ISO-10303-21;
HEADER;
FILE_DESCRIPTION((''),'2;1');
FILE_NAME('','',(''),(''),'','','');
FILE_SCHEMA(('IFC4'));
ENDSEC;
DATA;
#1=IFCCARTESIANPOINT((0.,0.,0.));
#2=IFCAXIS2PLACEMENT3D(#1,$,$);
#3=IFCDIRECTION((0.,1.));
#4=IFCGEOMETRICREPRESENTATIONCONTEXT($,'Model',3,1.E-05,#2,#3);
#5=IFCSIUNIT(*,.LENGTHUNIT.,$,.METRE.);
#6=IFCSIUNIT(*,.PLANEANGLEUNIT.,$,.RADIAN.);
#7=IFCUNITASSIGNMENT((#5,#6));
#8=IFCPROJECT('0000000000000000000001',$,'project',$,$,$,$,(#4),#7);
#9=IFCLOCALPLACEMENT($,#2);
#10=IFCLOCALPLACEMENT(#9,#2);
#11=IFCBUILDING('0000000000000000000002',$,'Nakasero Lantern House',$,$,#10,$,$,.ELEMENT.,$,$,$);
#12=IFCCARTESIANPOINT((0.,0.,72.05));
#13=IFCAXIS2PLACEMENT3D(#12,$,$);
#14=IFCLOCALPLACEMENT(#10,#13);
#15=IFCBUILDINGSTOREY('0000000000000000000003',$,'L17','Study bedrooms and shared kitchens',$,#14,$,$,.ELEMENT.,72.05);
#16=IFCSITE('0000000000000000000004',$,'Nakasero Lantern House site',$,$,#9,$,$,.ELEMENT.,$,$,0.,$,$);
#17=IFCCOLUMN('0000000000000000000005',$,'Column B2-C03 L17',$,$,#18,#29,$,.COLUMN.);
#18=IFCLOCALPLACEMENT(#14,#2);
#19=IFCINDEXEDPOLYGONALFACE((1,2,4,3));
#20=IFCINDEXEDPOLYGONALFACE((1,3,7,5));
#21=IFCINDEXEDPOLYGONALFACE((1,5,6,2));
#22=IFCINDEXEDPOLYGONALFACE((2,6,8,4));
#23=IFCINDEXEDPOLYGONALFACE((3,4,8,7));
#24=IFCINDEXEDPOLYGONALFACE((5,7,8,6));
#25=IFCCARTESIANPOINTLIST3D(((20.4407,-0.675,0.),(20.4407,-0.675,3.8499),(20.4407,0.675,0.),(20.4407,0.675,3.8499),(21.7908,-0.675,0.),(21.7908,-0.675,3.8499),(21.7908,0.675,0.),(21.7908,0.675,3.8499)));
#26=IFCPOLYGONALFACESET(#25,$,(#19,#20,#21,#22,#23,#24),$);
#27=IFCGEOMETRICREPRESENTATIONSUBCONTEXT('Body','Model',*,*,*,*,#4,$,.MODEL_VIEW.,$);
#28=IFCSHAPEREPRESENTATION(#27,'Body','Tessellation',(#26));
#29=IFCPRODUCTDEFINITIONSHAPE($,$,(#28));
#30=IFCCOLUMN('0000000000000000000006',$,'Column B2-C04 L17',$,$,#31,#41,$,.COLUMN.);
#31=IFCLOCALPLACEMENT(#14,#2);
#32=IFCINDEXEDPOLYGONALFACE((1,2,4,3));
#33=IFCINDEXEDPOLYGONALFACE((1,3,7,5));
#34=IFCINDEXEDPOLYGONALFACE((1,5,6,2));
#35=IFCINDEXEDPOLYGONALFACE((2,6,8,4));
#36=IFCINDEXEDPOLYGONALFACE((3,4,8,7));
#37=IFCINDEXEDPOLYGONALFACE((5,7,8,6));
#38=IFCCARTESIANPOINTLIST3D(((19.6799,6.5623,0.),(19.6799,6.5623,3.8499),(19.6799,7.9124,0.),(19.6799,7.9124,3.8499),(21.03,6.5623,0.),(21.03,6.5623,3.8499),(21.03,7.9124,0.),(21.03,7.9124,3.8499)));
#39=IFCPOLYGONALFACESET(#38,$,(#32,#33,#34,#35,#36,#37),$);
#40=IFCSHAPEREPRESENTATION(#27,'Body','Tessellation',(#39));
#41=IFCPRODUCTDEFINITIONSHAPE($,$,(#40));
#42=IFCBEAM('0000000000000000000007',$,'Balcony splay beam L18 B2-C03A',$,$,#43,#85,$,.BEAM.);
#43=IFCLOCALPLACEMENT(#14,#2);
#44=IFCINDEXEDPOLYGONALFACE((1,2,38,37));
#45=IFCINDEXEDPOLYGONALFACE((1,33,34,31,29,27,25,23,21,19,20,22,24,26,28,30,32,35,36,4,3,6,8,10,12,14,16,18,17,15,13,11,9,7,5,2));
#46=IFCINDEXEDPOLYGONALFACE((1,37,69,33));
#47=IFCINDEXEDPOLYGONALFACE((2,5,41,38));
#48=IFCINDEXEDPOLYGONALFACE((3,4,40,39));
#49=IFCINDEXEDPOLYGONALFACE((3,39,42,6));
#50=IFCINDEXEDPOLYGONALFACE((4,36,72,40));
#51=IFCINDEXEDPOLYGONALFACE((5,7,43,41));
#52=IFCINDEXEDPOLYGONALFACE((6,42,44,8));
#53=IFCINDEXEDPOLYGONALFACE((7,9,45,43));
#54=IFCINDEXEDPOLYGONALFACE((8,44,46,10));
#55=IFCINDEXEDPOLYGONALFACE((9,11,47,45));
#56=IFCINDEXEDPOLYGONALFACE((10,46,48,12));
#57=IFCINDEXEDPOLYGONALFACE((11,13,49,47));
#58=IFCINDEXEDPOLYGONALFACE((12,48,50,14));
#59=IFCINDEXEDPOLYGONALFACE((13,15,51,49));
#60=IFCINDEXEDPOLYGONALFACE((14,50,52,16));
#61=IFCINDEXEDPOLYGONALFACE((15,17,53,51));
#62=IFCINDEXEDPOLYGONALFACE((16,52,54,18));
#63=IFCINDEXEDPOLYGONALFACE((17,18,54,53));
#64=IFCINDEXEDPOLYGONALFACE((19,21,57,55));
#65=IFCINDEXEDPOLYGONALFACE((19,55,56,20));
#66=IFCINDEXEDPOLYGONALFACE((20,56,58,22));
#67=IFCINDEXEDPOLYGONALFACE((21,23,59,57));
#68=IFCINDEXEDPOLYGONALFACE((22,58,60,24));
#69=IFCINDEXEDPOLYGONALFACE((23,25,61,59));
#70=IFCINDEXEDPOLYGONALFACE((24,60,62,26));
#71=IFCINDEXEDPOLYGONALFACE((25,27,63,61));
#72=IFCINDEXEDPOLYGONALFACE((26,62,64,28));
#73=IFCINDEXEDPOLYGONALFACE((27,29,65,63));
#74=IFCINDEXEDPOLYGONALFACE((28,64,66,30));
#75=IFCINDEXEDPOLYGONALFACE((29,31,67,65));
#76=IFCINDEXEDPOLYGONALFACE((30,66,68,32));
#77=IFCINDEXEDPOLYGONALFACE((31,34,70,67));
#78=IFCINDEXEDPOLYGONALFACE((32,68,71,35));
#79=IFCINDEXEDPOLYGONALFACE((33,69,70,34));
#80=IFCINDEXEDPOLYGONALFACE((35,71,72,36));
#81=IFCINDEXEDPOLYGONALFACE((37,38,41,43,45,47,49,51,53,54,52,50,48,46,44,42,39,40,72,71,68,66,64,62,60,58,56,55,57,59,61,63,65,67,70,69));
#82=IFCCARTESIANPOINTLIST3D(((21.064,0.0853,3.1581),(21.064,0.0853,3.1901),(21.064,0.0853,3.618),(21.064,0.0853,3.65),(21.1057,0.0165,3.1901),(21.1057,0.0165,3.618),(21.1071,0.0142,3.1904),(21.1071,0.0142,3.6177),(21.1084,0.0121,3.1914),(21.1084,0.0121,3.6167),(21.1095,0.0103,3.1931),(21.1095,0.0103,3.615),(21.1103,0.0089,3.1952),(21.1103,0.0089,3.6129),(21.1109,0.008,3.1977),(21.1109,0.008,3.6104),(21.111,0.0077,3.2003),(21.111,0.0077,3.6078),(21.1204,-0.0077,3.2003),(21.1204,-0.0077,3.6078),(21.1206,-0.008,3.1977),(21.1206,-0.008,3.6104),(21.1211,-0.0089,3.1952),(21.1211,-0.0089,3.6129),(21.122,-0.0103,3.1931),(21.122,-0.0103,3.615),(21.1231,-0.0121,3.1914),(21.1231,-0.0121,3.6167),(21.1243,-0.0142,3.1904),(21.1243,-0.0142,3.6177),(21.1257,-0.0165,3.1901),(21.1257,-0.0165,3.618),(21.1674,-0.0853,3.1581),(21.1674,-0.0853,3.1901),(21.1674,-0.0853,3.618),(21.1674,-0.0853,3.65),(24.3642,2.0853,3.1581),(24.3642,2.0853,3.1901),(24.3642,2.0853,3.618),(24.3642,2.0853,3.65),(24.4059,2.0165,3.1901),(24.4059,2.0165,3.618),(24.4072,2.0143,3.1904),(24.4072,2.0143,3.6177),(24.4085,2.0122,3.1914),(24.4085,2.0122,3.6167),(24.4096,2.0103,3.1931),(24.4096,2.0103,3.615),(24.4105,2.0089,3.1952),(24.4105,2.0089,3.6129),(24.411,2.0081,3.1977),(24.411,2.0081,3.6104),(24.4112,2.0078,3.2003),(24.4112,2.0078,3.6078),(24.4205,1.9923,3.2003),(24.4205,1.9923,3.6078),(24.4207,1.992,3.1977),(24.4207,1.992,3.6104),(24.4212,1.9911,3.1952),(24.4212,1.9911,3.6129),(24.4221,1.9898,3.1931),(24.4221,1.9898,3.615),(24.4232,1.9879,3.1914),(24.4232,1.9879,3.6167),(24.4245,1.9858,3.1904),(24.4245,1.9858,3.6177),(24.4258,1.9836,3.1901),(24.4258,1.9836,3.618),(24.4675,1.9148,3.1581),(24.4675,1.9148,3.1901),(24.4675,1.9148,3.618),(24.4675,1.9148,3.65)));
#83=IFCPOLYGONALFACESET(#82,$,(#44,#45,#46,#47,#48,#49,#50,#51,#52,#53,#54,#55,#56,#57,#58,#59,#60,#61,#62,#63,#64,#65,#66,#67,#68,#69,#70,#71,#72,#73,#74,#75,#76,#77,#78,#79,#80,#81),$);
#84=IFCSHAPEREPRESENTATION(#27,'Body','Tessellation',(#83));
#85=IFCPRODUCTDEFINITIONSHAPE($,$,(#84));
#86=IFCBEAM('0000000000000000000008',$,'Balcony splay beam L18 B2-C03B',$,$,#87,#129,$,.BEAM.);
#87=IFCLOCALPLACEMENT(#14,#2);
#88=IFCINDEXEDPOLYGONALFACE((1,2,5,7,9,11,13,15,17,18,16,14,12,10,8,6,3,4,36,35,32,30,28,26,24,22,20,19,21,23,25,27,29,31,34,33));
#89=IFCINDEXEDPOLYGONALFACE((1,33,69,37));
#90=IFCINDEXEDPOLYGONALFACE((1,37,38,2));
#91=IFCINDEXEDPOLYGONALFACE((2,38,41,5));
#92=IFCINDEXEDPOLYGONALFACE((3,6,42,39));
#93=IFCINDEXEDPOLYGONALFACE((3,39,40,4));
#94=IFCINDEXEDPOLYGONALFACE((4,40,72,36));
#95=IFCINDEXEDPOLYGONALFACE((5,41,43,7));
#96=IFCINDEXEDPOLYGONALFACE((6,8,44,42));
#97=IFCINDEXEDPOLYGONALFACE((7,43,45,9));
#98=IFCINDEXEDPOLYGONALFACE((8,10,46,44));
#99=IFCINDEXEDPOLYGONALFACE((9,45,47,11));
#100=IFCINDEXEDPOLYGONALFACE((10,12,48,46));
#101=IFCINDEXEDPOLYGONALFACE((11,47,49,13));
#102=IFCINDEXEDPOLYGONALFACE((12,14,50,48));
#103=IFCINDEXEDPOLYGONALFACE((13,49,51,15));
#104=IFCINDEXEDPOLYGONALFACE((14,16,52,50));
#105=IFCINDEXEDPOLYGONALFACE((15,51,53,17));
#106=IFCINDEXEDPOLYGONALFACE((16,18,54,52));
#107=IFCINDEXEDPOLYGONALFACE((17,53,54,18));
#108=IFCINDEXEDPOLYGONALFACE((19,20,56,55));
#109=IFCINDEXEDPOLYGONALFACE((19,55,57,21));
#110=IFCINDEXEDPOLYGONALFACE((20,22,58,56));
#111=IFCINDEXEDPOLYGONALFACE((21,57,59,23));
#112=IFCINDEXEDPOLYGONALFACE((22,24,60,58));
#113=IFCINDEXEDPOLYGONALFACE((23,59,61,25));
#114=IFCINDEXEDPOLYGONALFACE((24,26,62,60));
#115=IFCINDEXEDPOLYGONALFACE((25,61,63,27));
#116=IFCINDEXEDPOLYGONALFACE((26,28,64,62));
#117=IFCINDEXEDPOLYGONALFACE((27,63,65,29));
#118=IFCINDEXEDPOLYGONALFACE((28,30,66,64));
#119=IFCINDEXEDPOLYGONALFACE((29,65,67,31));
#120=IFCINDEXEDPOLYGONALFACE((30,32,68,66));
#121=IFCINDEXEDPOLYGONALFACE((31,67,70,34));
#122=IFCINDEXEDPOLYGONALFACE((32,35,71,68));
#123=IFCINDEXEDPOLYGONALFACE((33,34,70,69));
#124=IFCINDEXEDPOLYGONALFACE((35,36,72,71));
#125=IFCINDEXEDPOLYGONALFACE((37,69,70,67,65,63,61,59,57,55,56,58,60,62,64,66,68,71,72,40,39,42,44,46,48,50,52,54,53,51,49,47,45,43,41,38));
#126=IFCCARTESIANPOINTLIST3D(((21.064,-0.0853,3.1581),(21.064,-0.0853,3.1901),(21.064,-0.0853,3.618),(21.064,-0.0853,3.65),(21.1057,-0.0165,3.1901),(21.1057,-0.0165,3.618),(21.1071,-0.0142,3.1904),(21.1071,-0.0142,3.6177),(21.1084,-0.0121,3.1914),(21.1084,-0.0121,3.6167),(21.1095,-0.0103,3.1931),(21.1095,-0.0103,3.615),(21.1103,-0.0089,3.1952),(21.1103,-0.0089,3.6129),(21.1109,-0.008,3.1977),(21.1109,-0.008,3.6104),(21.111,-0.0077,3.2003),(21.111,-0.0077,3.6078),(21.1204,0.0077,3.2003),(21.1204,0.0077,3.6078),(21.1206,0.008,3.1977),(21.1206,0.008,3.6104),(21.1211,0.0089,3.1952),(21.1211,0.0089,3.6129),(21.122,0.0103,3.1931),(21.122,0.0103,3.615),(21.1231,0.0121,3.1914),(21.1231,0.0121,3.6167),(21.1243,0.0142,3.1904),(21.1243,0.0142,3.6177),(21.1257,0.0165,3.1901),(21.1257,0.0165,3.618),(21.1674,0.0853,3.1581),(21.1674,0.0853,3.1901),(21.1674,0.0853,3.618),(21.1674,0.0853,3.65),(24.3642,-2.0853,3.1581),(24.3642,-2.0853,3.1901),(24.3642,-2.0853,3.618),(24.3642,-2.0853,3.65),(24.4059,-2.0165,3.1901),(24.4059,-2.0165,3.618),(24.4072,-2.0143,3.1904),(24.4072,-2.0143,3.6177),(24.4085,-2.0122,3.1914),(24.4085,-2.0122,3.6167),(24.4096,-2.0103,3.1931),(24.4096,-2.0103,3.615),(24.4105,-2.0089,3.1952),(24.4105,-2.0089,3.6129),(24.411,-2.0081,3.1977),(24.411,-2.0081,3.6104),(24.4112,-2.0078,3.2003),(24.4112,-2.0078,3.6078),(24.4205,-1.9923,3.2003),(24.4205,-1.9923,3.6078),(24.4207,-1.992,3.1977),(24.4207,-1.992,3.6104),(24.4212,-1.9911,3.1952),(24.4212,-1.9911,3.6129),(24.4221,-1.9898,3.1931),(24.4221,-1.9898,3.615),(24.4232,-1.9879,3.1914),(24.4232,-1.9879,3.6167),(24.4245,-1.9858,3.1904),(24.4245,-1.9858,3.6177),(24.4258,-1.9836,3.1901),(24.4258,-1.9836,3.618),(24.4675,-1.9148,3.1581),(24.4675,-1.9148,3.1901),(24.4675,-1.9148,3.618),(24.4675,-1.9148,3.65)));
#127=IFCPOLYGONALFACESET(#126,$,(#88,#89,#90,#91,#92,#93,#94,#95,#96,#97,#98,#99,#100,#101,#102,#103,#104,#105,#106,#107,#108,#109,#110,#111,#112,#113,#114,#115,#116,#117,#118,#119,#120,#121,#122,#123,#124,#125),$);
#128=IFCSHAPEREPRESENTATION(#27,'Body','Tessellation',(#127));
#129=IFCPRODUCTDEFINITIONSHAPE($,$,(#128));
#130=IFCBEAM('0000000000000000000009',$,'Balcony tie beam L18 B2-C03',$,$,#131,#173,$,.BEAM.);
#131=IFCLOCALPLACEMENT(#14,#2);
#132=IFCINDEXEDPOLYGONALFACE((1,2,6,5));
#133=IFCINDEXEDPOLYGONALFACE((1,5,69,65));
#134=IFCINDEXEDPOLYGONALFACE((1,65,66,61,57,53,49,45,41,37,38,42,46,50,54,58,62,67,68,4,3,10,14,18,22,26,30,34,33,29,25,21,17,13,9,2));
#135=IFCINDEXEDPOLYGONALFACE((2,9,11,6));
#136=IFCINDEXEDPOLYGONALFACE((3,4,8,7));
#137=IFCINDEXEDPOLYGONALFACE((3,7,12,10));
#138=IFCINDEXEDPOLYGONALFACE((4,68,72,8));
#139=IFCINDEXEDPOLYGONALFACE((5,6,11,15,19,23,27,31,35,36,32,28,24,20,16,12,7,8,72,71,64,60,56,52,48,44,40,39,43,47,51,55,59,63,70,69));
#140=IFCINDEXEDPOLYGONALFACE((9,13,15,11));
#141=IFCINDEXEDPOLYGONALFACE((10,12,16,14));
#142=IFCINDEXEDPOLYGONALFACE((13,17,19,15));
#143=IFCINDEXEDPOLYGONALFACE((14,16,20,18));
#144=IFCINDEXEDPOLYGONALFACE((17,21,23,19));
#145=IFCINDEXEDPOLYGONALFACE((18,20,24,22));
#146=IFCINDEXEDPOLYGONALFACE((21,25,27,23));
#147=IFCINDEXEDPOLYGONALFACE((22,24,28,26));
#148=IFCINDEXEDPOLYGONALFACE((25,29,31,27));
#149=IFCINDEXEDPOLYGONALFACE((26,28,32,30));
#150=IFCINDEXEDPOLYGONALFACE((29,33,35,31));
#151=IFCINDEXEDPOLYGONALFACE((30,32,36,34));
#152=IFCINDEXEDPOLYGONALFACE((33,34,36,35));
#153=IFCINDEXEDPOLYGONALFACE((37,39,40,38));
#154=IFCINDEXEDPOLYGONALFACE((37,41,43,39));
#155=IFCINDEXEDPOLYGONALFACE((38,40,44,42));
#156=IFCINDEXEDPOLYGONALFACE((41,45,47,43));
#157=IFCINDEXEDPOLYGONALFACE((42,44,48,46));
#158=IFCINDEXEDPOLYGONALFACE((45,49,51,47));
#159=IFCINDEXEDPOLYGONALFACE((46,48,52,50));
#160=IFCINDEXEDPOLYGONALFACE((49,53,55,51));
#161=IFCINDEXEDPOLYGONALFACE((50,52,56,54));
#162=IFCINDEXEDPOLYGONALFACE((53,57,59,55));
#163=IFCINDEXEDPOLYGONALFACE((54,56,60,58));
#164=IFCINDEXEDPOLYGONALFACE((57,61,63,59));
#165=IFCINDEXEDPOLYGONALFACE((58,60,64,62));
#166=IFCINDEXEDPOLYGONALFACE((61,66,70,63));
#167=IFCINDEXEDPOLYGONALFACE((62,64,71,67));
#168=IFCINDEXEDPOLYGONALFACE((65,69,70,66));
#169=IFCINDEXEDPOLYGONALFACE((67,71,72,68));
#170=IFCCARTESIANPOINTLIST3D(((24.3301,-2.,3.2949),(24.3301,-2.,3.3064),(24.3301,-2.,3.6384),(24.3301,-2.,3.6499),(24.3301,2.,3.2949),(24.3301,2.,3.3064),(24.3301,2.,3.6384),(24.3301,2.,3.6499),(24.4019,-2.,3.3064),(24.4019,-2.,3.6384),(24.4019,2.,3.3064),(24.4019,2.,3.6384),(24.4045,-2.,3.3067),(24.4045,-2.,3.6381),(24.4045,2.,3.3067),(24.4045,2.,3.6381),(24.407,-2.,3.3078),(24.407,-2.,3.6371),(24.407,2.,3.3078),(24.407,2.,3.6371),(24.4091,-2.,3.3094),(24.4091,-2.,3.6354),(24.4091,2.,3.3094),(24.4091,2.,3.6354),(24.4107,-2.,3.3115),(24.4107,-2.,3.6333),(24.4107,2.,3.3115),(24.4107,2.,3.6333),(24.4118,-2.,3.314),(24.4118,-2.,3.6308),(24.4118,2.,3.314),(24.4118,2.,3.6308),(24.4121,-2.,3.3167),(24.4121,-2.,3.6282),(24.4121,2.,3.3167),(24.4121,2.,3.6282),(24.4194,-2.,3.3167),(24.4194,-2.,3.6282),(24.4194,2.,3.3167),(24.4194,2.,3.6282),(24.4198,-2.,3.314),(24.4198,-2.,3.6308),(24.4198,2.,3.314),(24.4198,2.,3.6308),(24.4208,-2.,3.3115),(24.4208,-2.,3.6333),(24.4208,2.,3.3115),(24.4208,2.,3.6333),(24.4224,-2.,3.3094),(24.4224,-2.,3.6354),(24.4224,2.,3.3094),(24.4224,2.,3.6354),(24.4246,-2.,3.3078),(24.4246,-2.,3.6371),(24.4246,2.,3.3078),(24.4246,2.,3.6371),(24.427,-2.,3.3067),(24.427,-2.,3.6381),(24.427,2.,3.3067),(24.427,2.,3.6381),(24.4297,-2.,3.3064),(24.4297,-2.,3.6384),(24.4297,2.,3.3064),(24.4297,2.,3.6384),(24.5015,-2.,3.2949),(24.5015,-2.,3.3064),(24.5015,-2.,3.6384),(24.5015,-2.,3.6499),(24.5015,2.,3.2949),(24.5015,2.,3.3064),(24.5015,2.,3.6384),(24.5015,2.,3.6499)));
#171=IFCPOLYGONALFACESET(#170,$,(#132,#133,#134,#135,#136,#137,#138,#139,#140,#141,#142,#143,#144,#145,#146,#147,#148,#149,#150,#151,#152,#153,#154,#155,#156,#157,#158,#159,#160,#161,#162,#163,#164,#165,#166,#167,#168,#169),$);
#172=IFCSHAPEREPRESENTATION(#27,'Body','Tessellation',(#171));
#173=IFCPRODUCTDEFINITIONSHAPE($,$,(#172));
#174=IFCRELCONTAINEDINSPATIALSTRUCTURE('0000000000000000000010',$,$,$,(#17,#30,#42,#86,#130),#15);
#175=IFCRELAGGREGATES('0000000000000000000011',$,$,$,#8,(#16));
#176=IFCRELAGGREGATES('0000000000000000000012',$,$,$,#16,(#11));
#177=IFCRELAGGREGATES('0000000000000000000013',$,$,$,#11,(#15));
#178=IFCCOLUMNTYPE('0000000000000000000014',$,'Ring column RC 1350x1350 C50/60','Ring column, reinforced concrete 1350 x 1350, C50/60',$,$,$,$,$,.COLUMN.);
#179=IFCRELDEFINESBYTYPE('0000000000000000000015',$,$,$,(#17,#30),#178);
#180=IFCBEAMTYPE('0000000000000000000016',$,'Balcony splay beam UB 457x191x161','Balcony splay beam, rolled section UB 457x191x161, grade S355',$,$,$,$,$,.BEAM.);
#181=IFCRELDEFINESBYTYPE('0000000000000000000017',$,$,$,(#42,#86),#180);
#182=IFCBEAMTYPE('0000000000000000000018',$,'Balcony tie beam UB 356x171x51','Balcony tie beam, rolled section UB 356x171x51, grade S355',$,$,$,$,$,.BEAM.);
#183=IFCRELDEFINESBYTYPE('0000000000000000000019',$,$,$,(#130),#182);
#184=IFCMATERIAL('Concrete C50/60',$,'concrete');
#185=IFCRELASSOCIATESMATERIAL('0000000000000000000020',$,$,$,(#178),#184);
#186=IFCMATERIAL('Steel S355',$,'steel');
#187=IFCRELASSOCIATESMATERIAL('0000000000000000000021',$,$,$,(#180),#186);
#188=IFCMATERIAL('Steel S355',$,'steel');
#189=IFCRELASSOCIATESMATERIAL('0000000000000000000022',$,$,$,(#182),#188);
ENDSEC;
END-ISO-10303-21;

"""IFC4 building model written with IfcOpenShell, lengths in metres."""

from ifc_helpers import new_model, si_unit, direction, frame, origin, origin_2d, place, context, subcontext, project, spatial, rectangle, i_section, extrude, material, material_profile, profile_set, type_object, element, save


model = new_model("IFC4")

# Units and contexts
model_context = context("Model", 3, precision=1e-05, world=origin(), true_north=direction((0.0, 1.0)))
body_context = subcontext(model_context, "Body", "Model", "MODEL_VIEW")
ifc_project = project(units=[si_unit("LENGTHUNIT", "METRE"), si_unit("PLANEANGLEUNIT", "RADIAN")], contexts=[model_context])

# Site, building, storey
site_placement = place(None, origin())
site = spatial("IfcSite", under=ifc_project, at=site_placement, Name="Nakasero Lantern House site", CompositionType="ELEMENT", RefElevation=0.0)
building_placement = place(site_placement, origin())
building = spatial("IfcBuilding", under=site, at=building_placement, Name="Nakasero Lantern House", CompositionType="ELEMENT")
storey_placement = place(building_placement, frame((0.0, 0.0, 72.05)))
storey = spatial("IfcBuildingStorey", under=building, at=storey_placement, Name="L17", Description="Study bedrooms and shared kitchens", CompositionType="ELEMENT", Elevation=72.05)

# Columns
ifc_material_1 = material(Name="Concrete C50/60", Category="concrete")
ifc_material_profile_1 = material_profile(ifc_material_1, rectangle(XDim=1.3501, YDim=1.3501, at=origin_2d()), Name="RC 1350x1350")
ifc_profile_set_1 = profile_set([ifc_material_profile_1], Name="Concrete C50/60")
column_type = type_object("IfcColumnType", Name="Ring column RC 1350x1350 C50/60", Description="Ring column, reinforced concrete 1350 x 1350, C50/60", PredefinedType="COLUMN", material=ifc_profile_set_1)
for number, where, z_axis, x_axis, name in (
    (1, (21.1157, 0.0, 0.0), (0.0, 0.0, 1.0), (1.0, 0.0, 0.0), "Column B2-C03 L17"),
    (2, (20.355, 7.2373, 0.0), (0.0, 0.0, 1.0), (1.0, 0.0, 0.0), "Column B2-C04 L17"),
):
    element("IfcColumn", number, at=place(storey_placement, frame(where, z_axis=z_axis, x_axis=x_axis)), inside=storey, type_object=column_type, Name=name, PredefinedType="COLUMN", context=body_context, shape_type="SweptSolid", body=[
        extrude(rectangle(XDim=1.3501, YDim=1.3501, at=origin_2d()), origin(), (0.0, 0.0, 1.0), 3.8499),
    ])

# Beams
ifc_material_2 = material(Name="Steel S355", Category="steel")
ifc_material_profile_2 = material_profile(ifc_material_2, i_section(OverallWidth=0.1995, OverallDepth=0.4919, WebThickness=0.0181, FlangeThickness=0.032, FilletRadius=0.0103, at=origin_2d()), Name="UB 457x191x161")
ifc_profile_set_2 = profile_set([ifc_material_profile_2], Name="Steel S355")
beam_type_1 = type_object("IfcBeamType", Name="Balcony splay beam UB 457x191x161", Description="Balcony splay beam, rolled section UB 457x191x161, grade S355", PredefinedType="BEAM", material=ifc_profile_set_2)
for number, where, z_axis, x_axis, name in (
    (3, (21.1157, 0.0, 3.4041), (0.855201, 0.518296, 0.0), (-0.518296, 0.855201, 0.0), "Balcony splay beam L18 B2-C03A"),
    (4, (21.1157, 0.0, 3.4041), (0.855201, -0.518296, 0.0), (0.518296, 0.855201, 0.0), "Balcony splay beam L18 B2-C03B"),
):
    element("IfcBeam", number, at=place(storey_placement, frame(where, z_axis=z_axis, x_axis=x_axis)), inside=storey, type_object=beam_type_1, Name=name, PredefinedType="BEAM", context=body_context, shape_type="SweptSolid", body=[
        extrude(i_section(OverallWidth=0.1995, OverallDepth=0.4919, WebThickness=0.0181, FlangeThickness=0.032, FilletRadius=0.0103, at=origin_2d()), origin(), (0.0, 0.0, 1.0), 3.8589),
    ])
ifc_material_3 = material(Name="Steel S355", Category="steel")
ifc_material_profile_3 = material_profile(ifc_material_3, i_section(OverallWidth=0.1714, OverallDepth=0.355, WebThickness=0.0073, FlangeThickness=0.0115, FilletRadius=0.0103, at=origin_2d()), Name="UB 356x171x51")
ifc_profile_set_3 = profile_set([ifc_material_profile_3], Name="Steel S355")
beam_type_2 = type_object("IfcBeamType", Name="Balcony tie beam UB 356x171x51", Description="Balcony tie beam, rolled section UB 356x171x51, grade S355", PredefinedType="BEAM", material=ifc_profile_set_3)
beam_1_placement = place(storey_placement, frame((24.4158, 2.0, 3.4724), z_axis=(0.0, -1.0, 0.0), x_axis=(1.0, 0.0, 0.0)))
element("IfcBeam", 5, at=beam_1_placement, inside=storey, type_object=beam_type_2, Name="Balcony tie beam L18 B2-C03", PredefinedType="BEAM", context=body_context, shape_type="SweptSolid", body=[
    extrude(i_section(OverallWidth=0.1714, OverallDepth=0.355, WebThickness=0.0073, FlangeThickness=0.0115, FilletRadius=0.0103, at=origin_2d()), origin(), (0.0, 0.0, 1.0), 4.0),
])

save(model, "model.ifc")
